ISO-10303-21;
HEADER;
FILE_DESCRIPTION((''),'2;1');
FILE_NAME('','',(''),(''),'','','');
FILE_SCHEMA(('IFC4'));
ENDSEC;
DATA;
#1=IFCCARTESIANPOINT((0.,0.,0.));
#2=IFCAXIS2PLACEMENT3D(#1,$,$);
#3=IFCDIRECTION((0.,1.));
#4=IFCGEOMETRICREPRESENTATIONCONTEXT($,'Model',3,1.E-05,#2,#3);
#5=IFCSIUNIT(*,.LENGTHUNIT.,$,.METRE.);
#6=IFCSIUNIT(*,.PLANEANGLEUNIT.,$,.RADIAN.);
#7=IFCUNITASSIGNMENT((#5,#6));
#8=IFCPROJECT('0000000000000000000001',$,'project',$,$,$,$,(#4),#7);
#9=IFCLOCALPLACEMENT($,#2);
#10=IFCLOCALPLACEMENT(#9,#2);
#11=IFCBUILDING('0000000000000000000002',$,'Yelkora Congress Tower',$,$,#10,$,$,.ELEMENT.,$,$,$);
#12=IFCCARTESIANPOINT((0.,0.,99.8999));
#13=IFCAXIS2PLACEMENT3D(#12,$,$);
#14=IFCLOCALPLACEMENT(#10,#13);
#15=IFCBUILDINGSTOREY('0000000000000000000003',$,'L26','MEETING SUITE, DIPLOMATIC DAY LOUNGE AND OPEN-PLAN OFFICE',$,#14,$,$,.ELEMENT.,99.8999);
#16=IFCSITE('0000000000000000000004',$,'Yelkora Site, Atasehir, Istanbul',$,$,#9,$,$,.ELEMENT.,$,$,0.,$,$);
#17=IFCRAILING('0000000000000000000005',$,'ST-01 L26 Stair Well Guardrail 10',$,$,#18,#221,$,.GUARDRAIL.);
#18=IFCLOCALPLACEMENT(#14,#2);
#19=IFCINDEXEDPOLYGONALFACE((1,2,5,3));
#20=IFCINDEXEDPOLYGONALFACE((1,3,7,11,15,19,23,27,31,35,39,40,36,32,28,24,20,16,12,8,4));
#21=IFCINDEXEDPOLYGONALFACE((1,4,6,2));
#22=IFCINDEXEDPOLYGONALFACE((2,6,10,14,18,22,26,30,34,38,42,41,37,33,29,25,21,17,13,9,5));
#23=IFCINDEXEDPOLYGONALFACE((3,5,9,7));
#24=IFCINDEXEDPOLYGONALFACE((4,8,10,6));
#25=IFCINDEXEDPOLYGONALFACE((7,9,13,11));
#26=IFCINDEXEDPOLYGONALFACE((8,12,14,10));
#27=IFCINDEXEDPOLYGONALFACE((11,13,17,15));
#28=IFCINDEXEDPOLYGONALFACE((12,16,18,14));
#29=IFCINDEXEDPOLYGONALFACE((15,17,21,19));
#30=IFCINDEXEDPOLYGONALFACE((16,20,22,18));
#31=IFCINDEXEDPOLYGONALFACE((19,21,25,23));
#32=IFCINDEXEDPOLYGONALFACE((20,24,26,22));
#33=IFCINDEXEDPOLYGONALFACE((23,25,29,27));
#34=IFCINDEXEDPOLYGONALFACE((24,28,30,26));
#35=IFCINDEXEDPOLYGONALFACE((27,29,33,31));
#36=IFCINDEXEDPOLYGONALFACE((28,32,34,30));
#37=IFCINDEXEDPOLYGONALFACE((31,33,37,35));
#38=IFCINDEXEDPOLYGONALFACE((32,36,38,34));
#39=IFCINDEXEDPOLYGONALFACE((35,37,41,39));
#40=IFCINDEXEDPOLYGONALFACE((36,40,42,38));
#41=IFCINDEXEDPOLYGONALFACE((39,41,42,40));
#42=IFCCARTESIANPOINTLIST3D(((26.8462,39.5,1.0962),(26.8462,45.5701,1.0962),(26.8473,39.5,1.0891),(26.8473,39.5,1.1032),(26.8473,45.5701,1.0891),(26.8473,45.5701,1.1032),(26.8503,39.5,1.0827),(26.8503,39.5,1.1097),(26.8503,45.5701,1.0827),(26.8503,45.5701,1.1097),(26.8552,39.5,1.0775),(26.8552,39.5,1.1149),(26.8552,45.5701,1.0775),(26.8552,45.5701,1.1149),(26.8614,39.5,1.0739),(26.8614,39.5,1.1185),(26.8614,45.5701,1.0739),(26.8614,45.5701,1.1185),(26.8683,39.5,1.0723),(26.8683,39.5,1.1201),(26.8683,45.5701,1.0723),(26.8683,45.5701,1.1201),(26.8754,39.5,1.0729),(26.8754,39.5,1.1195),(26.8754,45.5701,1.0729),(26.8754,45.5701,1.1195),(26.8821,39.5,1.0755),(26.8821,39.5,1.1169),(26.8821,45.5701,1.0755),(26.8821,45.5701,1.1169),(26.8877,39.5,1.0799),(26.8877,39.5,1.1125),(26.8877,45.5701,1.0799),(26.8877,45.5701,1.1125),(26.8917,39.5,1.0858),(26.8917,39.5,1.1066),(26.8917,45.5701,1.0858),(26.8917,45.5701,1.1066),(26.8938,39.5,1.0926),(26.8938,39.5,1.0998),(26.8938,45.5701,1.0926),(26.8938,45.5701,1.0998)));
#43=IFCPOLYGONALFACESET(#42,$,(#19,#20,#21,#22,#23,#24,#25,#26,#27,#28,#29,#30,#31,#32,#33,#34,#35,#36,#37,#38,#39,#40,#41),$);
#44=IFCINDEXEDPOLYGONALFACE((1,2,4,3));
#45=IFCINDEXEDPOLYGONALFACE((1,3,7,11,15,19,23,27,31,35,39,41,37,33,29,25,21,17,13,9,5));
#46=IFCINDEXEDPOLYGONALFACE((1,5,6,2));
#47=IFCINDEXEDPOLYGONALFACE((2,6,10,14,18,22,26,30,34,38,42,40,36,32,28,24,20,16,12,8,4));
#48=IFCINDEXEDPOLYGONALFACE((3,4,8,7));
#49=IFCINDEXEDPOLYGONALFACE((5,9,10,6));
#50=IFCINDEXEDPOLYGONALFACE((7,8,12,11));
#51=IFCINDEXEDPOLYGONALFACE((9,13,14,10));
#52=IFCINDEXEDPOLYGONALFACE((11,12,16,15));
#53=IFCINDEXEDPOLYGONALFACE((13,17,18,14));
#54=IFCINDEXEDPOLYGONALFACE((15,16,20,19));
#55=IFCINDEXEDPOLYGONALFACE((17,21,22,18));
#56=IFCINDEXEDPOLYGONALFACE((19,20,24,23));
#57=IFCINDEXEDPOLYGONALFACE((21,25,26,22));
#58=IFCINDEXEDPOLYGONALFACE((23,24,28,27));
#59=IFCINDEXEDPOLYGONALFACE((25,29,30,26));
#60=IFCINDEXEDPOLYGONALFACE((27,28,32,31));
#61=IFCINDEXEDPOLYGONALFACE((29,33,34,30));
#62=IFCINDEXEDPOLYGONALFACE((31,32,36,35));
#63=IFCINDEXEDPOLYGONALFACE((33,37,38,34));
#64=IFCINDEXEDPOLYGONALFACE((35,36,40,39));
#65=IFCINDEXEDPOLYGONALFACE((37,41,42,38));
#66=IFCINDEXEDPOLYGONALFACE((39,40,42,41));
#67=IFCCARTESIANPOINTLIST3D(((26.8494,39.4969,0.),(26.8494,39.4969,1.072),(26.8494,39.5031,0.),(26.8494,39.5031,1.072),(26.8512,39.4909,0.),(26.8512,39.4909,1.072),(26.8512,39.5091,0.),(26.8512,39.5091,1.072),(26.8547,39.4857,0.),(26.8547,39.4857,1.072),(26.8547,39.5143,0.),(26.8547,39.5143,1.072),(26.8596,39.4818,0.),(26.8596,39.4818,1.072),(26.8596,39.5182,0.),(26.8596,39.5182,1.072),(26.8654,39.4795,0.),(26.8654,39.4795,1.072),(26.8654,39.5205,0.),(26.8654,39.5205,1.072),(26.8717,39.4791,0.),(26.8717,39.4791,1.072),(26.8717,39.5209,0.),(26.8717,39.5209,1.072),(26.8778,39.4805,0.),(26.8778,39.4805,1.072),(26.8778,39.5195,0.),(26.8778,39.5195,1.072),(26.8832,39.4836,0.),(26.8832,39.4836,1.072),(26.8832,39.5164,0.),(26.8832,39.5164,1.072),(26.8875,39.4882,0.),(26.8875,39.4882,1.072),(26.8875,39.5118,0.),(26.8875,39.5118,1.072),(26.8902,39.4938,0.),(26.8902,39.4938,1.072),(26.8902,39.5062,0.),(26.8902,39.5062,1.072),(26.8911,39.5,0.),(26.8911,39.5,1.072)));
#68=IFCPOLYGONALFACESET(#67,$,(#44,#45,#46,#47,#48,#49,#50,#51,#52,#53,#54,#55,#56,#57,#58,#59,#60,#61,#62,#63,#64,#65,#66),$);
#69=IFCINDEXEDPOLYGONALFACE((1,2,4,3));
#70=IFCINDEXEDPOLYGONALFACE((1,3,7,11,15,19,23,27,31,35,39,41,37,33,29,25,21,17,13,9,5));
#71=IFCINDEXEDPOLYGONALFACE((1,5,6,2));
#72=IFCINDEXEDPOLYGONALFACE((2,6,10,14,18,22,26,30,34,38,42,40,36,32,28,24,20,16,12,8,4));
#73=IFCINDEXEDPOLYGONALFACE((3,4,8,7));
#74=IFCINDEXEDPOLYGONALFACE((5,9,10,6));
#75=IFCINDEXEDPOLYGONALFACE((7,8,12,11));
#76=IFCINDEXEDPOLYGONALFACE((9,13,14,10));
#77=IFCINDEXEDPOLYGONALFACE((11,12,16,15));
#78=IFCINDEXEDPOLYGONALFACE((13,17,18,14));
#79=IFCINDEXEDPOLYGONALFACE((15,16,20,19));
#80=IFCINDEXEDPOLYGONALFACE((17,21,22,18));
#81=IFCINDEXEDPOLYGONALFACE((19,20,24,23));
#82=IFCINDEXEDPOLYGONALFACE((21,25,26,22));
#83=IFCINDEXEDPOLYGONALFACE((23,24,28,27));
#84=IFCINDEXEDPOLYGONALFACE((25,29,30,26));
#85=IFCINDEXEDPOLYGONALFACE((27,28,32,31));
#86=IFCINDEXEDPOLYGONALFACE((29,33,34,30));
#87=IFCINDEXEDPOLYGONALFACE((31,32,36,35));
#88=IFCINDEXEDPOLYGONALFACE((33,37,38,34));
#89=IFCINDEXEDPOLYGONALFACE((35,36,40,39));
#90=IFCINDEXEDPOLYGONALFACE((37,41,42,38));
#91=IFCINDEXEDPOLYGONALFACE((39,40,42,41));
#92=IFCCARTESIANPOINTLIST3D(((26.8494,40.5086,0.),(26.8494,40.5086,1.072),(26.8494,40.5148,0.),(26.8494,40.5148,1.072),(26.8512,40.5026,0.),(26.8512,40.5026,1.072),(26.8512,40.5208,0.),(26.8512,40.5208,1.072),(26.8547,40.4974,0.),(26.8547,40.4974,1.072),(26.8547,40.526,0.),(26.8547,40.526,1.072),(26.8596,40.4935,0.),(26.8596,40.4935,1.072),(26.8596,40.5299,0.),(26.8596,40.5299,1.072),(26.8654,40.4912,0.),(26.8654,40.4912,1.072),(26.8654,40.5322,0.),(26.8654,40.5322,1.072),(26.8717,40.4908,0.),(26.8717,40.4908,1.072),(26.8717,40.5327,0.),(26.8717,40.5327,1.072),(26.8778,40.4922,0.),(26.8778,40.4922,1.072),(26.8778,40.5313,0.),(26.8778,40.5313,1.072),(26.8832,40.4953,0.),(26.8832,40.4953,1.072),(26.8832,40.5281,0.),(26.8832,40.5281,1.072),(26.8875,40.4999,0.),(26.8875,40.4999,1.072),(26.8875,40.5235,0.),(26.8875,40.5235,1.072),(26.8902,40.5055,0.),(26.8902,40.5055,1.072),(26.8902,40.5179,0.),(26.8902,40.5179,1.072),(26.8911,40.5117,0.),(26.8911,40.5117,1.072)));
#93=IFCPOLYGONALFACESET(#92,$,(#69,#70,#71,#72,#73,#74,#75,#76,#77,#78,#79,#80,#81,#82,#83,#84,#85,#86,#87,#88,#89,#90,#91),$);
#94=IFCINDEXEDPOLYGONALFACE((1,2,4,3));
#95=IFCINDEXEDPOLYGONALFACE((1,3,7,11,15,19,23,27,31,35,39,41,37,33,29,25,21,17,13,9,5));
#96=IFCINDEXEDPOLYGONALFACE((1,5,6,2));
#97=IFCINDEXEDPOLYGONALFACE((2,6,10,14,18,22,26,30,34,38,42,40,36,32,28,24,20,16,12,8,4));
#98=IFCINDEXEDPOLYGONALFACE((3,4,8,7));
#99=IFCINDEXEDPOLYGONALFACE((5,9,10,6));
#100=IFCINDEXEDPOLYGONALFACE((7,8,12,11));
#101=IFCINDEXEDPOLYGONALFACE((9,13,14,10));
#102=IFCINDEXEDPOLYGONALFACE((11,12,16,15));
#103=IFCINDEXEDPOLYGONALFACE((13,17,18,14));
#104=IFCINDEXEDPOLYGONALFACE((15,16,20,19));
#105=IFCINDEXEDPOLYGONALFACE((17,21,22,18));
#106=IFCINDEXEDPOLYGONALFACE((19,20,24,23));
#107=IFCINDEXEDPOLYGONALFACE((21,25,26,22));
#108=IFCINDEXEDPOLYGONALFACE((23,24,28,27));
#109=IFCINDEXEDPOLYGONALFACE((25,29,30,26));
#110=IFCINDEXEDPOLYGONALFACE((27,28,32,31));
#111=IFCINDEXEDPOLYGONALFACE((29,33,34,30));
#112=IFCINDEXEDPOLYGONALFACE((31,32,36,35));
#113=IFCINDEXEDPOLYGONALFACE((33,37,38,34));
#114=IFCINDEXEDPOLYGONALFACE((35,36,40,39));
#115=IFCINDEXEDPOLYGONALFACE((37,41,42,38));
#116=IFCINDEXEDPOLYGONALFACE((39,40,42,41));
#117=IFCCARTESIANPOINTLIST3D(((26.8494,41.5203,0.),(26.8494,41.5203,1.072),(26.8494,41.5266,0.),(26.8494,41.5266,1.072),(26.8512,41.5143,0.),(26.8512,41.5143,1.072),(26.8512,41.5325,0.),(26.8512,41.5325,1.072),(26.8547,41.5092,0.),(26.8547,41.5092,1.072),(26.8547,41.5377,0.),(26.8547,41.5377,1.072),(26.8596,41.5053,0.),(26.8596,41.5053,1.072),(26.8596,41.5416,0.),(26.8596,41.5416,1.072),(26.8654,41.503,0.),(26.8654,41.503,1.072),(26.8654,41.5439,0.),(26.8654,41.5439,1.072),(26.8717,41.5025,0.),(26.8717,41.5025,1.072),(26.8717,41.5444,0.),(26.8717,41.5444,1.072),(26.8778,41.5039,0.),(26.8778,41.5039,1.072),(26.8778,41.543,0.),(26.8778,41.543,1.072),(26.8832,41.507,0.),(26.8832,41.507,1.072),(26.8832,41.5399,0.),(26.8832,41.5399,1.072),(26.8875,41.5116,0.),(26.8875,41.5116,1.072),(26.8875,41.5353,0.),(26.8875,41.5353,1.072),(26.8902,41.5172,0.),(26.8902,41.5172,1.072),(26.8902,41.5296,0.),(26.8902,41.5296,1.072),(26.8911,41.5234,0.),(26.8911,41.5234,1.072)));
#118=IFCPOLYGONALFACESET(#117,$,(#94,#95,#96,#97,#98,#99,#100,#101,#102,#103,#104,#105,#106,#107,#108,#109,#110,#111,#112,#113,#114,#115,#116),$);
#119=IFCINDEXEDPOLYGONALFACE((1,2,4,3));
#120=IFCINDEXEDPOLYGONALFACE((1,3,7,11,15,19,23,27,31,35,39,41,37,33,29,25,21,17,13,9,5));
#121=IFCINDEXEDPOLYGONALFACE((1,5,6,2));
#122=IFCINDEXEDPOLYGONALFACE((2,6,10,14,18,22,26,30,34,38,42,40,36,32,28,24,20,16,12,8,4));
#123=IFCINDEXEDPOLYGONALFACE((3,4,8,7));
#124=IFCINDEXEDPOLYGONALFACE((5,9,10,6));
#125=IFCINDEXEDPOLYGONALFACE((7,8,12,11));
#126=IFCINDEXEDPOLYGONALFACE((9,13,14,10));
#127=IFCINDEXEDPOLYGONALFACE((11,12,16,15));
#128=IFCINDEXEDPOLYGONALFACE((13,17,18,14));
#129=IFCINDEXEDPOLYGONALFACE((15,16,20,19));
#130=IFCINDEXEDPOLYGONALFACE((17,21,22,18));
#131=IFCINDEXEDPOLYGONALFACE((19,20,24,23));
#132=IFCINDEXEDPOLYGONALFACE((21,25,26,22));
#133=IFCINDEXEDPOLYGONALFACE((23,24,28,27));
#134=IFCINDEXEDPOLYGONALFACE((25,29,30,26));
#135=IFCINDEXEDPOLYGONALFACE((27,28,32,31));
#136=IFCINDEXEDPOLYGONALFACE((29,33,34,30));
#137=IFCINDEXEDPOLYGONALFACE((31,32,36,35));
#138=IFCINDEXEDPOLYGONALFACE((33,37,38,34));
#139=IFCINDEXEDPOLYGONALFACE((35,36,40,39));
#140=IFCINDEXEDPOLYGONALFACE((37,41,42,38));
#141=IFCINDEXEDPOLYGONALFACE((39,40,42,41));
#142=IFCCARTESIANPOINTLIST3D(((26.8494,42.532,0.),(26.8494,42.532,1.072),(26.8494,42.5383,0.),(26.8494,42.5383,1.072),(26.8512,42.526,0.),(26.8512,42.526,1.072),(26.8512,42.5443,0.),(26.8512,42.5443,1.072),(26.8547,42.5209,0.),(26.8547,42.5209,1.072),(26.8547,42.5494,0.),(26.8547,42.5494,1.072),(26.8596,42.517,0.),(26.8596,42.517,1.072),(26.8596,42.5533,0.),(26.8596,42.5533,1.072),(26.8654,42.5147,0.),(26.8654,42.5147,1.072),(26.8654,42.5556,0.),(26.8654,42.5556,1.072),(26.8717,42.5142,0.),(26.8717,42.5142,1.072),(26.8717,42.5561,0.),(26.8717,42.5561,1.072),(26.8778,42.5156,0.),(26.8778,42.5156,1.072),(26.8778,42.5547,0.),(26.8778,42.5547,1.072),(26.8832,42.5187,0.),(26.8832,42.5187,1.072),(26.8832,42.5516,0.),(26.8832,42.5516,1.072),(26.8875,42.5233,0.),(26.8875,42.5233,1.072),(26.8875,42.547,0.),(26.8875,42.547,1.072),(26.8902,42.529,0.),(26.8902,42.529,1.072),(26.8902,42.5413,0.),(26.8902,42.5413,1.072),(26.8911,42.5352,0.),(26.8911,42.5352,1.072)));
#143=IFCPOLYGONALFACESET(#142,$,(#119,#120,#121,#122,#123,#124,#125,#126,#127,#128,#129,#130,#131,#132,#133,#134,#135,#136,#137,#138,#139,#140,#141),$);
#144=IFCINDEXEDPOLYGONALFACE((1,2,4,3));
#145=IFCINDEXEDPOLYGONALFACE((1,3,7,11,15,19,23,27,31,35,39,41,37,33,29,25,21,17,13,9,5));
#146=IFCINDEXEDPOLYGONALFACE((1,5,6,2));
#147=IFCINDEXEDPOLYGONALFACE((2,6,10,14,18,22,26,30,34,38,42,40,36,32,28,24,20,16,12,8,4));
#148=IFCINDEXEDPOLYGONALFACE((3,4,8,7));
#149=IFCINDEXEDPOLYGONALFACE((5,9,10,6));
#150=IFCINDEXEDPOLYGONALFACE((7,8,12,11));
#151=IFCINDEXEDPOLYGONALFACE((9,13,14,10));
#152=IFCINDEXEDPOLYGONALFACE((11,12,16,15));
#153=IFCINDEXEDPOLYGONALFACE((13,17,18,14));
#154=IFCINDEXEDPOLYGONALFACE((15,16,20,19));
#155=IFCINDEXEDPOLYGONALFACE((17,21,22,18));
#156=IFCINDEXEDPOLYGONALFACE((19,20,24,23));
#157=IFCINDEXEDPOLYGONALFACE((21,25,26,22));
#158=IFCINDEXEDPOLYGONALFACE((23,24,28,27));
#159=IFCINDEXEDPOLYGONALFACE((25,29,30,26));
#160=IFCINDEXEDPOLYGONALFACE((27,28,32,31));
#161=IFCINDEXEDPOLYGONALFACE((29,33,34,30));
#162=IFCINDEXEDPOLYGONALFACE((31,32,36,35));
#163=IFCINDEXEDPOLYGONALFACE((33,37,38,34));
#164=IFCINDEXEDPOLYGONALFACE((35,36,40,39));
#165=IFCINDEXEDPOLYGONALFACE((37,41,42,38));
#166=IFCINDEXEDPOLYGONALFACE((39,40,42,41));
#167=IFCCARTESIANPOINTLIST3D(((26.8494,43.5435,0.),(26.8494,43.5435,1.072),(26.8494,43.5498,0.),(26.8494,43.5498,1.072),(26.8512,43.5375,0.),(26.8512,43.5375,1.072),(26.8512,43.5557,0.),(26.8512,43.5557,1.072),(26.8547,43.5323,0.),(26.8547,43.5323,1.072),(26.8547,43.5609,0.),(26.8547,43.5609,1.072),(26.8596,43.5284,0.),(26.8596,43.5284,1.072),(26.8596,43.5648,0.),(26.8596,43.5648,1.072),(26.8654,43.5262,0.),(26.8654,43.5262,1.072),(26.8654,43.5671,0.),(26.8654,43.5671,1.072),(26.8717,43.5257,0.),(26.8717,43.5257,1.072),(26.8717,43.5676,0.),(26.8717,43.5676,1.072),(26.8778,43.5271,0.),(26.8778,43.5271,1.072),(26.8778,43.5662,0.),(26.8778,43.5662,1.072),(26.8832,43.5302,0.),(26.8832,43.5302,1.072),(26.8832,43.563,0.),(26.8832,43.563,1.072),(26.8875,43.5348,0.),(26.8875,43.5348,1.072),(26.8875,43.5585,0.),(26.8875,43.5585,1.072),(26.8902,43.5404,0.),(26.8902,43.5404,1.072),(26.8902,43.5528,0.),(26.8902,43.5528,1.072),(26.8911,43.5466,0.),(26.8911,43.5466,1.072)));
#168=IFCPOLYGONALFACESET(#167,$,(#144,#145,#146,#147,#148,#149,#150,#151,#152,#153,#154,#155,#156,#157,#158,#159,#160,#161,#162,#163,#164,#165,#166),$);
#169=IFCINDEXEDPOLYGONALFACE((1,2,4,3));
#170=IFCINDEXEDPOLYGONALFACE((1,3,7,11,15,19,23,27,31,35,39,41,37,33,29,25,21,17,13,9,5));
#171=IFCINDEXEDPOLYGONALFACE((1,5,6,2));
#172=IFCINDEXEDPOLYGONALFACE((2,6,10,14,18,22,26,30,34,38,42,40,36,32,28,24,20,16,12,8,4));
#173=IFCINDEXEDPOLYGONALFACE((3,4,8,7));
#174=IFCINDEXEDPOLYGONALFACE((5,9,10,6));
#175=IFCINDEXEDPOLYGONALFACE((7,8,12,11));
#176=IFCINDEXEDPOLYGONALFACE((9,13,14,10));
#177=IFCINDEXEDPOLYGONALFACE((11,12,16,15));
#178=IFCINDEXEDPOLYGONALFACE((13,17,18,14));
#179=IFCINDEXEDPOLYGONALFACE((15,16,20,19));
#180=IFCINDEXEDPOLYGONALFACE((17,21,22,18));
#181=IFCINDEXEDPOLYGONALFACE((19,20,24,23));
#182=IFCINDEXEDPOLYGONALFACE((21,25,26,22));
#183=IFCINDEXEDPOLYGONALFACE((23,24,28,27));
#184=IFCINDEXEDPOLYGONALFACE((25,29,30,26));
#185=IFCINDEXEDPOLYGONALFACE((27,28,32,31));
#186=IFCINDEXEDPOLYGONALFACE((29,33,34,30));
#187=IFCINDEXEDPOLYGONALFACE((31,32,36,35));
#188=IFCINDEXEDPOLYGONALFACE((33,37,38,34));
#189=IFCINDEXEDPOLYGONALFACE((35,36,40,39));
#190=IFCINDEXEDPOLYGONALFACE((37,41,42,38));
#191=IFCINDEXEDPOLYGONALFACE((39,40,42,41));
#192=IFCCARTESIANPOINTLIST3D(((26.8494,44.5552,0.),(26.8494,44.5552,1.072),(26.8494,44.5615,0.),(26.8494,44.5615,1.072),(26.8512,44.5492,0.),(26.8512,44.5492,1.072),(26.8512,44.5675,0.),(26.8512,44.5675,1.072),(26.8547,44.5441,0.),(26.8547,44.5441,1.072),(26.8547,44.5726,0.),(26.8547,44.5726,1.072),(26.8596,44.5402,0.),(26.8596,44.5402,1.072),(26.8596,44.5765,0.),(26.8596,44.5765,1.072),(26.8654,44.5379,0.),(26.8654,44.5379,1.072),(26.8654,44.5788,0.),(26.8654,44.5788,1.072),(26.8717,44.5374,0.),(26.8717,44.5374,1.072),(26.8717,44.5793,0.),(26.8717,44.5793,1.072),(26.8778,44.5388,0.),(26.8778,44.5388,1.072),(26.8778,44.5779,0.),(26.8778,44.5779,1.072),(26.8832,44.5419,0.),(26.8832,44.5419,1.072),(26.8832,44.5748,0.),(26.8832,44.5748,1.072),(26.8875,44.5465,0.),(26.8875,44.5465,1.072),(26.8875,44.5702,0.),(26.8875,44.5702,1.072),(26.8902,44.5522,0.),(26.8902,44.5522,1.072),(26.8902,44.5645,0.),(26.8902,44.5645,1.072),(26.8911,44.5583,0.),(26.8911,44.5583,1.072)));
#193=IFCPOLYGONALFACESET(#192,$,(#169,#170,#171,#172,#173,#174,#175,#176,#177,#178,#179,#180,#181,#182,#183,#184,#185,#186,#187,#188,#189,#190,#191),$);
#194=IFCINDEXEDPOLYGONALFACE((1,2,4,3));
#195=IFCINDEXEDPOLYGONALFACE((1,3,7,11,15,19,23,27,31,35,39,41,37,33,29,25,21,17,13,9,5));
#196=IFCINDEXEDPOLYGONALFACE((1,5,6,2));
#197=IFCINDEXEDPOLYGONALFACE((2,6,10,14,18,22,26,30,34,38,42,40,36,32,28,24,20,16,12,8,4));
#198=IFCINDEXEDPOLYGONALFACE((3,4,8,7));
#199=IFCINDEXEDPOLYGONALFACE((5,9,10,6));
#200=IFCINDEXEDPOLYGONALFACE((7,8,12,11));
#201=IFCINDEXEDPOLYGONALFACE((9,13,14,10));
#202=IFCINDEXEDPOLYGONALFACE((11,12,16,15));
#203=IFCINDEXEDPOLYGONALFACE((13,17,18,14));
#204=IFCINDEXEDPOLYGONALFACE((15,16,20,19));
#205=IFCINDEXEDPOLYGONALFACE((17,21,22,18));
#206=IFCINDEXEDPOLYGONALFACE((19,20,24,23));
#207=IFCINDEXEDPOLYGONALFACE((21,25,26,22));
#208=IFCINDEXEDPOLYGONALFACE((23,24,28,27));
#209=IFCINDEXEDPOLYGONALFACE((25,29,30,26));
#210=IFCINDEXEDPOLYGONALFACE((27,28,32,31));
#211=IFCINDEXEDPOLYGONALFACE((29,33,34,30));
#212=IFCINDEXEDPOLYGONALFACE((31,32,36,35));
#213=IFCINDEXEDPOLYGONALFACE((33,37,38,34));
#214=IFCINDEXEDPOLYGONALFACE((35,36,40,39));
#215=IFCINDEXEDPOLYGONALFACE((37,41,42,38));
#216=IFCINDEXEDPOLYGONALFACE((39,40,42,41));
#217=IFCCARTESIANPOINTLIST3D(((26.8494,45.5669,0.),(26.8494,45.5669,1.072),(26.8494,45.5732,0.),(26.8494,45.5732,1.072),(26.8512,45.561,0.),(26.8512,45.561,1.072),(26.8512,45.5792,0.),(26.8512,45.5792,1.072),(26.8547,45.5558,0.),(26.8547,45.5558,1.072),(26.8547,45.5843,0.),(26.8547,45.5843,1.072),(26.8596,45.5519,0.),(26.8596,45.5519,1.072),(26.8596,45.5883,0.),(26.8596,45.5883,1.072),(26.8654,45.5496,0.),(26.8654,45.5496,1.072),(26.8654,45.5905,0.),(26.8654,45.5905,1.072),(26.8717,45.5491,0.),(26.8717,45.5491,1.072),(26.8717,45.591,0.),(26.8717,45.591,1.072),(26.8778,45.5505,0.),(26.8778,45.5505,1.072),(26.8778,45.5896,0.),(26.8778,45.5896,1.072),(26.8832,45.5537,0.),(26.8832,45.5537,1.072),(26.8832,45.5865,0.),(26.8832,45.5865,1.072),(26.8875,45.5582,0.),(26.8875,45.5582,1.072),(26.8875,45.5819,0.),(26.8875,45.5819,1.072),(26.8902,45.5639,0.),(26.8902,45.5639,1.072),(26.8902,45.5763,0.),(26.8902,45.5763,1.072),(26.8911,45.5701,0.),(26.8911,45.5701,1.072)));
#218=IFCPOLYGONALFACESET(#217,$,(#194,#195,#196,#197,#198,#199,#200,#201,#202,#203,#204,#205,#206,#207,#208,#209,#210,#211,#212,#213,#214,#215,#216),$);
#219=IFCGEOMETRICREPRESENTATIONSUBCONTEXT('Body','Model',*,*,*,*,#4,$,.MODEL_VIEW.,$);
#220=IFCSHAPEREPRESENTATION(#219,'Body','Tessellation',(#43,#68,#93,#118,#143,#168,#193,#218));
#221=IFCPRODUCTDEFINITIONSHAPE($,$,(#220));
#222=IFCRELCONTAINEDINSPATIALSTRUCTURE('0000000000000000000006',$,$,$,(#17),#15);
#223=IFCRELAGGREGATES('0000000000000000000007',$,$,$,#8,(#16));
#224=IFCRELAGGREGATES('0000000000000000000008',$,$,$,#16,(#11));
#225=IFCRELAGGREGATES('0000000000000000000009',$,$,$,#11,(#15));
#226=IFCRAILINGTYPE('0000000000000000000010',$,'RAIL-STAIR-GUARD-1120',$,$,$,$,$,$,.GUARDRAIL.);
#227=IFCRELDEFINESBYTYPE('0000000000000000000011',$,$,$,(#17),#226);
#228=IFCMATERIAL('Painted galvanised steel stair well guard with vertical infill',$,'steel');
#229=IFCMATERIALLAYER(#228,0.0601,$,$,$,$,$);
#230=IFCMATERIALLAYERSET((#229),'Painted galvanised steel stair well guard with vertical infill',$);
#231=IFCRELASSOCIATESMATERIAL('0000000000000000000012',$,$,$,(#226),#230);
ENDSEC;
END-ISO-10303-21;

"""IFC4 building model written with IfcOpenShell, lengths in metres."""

from ifc_helpers import new_model, si_unit, direction, frame, origin, origin_2d, place, context, subcontext, project, spatial, circle, extrude, material, layer, layer_set, type_object, element, save


model = new_model("IFC4")

# Units and contexts
model_context = context("Model", 3, precision=1e-05, world=origin(), true_north=direction((0.0, 1.0)))
body_context = subcontext(model_context, "Body", "Model", "MODEL_VIEW")
ifc_project = project(units=[si_unit("LENGTHUNIT", "METRE"), si_unit("PLANEANGLEUNIT", "RADIAN")], contexts=[model_context])

# Site, building, storey
site_placement = place(None, origin())
site = spatial("IfcSite", under=ifc_project, at=site_placement, Name="Yelkora Site, Atasehir, Istanbul", CompositionType="ELEMENT", RefElevation=0.0)
building_placement = place(site_placement, origin())
building = spatial("IfcBuilding", under=site, at=building_placement, Name="Yelkora Congress Tower", CompositionType="ELEMENT")
storey_placement = place(building_placement, frame((0.0, 0.0, 99.8999)))
storey = spatial("IfcBuildingStorey", under=building, at=storey_placement, Name="L26", Description="MEETING SUITE, DIPLOMATIC DAY LOUNGE AND OPEN-PLAN OFFICE", CompositionType="ELEMENT", Elevation=99.8999)

# Railing
ifc_material_1 = material(Name="Painted galvanised steel stair well guard with vertical infill", Category="steel")
ifc_layer_1 = layer(ifc_material_1, 0.0601)
ifc_layer_set_1 = layer_set([ifc_layer_1], Name="Painted galvanised steel stair well guard with vertical infill")
railing_type_1 = type_object("IfcRailingType", Name="RAIL-STAIR-GUARD-1120", PredefinedType="GUARDRAIL", material=ifc_layer_set_1)
railing_1_placement = place(storey_placement, frame((26.8701, 39.5, 0.0)))
element("IfcRailing", 1, at=railing_1_placement, inside=storey, type_object=railing_type_1, Name="ST-01 L26 Stair Well Guardrail 10", PredefinedType="GUARDRAIL", context=body_context, shape_type="SweptSolid", body=[
    extrude(circle(Radius=0.0239, at=origin_2d()), frame((0.0, 0.0, 1.0962), z_axis=(0.0, 1.0, 0.0), x_axis=(-1.0, 0.0, 0.0)), (0.0, 0.0, 1.0), 6.0701),
    extrude(circle(Radius=0.021, at=origin_2d()), origin(), (0.0, 0.0, 1.0), 1.072),
    extrude(circle(Radius=0.021, at=origin_2d()), frame((0.0, 1.0117, 0.0)), (0.0, 0.0, 1.0), 1.072),
    extrude(circle(Radius=0.021, at=origin_2d()), frame((0.0, 2.0234, 0.0)), (0.0, 0.0, 1.0), 1.072),
    extrude(circle(Radius=0.021, at=origin_2d()), frame((0.0, 3.0352, 0.0)), (0.0, 0.0, 1.0), 1.072),
    extrude(circle(Radius=0.021, at=origin_2d()), frame((0.0, 4.0466, 0.0)), (0.0, 0.0, 1.0), 1.072),
    extrude(circle(Radius=0.021, at=origin_2d()), frame((0.0, 5.0583, 0.0)), (0.0, 0.0, 1.0), 1.072),
    extrude(circle(Radius=0.021, at=origin_2d()), frame((0.0, 6.0701, 0.0)), (0.0, 0.0, 1.0), 1.072),
])

save(model, "model.ifc")
